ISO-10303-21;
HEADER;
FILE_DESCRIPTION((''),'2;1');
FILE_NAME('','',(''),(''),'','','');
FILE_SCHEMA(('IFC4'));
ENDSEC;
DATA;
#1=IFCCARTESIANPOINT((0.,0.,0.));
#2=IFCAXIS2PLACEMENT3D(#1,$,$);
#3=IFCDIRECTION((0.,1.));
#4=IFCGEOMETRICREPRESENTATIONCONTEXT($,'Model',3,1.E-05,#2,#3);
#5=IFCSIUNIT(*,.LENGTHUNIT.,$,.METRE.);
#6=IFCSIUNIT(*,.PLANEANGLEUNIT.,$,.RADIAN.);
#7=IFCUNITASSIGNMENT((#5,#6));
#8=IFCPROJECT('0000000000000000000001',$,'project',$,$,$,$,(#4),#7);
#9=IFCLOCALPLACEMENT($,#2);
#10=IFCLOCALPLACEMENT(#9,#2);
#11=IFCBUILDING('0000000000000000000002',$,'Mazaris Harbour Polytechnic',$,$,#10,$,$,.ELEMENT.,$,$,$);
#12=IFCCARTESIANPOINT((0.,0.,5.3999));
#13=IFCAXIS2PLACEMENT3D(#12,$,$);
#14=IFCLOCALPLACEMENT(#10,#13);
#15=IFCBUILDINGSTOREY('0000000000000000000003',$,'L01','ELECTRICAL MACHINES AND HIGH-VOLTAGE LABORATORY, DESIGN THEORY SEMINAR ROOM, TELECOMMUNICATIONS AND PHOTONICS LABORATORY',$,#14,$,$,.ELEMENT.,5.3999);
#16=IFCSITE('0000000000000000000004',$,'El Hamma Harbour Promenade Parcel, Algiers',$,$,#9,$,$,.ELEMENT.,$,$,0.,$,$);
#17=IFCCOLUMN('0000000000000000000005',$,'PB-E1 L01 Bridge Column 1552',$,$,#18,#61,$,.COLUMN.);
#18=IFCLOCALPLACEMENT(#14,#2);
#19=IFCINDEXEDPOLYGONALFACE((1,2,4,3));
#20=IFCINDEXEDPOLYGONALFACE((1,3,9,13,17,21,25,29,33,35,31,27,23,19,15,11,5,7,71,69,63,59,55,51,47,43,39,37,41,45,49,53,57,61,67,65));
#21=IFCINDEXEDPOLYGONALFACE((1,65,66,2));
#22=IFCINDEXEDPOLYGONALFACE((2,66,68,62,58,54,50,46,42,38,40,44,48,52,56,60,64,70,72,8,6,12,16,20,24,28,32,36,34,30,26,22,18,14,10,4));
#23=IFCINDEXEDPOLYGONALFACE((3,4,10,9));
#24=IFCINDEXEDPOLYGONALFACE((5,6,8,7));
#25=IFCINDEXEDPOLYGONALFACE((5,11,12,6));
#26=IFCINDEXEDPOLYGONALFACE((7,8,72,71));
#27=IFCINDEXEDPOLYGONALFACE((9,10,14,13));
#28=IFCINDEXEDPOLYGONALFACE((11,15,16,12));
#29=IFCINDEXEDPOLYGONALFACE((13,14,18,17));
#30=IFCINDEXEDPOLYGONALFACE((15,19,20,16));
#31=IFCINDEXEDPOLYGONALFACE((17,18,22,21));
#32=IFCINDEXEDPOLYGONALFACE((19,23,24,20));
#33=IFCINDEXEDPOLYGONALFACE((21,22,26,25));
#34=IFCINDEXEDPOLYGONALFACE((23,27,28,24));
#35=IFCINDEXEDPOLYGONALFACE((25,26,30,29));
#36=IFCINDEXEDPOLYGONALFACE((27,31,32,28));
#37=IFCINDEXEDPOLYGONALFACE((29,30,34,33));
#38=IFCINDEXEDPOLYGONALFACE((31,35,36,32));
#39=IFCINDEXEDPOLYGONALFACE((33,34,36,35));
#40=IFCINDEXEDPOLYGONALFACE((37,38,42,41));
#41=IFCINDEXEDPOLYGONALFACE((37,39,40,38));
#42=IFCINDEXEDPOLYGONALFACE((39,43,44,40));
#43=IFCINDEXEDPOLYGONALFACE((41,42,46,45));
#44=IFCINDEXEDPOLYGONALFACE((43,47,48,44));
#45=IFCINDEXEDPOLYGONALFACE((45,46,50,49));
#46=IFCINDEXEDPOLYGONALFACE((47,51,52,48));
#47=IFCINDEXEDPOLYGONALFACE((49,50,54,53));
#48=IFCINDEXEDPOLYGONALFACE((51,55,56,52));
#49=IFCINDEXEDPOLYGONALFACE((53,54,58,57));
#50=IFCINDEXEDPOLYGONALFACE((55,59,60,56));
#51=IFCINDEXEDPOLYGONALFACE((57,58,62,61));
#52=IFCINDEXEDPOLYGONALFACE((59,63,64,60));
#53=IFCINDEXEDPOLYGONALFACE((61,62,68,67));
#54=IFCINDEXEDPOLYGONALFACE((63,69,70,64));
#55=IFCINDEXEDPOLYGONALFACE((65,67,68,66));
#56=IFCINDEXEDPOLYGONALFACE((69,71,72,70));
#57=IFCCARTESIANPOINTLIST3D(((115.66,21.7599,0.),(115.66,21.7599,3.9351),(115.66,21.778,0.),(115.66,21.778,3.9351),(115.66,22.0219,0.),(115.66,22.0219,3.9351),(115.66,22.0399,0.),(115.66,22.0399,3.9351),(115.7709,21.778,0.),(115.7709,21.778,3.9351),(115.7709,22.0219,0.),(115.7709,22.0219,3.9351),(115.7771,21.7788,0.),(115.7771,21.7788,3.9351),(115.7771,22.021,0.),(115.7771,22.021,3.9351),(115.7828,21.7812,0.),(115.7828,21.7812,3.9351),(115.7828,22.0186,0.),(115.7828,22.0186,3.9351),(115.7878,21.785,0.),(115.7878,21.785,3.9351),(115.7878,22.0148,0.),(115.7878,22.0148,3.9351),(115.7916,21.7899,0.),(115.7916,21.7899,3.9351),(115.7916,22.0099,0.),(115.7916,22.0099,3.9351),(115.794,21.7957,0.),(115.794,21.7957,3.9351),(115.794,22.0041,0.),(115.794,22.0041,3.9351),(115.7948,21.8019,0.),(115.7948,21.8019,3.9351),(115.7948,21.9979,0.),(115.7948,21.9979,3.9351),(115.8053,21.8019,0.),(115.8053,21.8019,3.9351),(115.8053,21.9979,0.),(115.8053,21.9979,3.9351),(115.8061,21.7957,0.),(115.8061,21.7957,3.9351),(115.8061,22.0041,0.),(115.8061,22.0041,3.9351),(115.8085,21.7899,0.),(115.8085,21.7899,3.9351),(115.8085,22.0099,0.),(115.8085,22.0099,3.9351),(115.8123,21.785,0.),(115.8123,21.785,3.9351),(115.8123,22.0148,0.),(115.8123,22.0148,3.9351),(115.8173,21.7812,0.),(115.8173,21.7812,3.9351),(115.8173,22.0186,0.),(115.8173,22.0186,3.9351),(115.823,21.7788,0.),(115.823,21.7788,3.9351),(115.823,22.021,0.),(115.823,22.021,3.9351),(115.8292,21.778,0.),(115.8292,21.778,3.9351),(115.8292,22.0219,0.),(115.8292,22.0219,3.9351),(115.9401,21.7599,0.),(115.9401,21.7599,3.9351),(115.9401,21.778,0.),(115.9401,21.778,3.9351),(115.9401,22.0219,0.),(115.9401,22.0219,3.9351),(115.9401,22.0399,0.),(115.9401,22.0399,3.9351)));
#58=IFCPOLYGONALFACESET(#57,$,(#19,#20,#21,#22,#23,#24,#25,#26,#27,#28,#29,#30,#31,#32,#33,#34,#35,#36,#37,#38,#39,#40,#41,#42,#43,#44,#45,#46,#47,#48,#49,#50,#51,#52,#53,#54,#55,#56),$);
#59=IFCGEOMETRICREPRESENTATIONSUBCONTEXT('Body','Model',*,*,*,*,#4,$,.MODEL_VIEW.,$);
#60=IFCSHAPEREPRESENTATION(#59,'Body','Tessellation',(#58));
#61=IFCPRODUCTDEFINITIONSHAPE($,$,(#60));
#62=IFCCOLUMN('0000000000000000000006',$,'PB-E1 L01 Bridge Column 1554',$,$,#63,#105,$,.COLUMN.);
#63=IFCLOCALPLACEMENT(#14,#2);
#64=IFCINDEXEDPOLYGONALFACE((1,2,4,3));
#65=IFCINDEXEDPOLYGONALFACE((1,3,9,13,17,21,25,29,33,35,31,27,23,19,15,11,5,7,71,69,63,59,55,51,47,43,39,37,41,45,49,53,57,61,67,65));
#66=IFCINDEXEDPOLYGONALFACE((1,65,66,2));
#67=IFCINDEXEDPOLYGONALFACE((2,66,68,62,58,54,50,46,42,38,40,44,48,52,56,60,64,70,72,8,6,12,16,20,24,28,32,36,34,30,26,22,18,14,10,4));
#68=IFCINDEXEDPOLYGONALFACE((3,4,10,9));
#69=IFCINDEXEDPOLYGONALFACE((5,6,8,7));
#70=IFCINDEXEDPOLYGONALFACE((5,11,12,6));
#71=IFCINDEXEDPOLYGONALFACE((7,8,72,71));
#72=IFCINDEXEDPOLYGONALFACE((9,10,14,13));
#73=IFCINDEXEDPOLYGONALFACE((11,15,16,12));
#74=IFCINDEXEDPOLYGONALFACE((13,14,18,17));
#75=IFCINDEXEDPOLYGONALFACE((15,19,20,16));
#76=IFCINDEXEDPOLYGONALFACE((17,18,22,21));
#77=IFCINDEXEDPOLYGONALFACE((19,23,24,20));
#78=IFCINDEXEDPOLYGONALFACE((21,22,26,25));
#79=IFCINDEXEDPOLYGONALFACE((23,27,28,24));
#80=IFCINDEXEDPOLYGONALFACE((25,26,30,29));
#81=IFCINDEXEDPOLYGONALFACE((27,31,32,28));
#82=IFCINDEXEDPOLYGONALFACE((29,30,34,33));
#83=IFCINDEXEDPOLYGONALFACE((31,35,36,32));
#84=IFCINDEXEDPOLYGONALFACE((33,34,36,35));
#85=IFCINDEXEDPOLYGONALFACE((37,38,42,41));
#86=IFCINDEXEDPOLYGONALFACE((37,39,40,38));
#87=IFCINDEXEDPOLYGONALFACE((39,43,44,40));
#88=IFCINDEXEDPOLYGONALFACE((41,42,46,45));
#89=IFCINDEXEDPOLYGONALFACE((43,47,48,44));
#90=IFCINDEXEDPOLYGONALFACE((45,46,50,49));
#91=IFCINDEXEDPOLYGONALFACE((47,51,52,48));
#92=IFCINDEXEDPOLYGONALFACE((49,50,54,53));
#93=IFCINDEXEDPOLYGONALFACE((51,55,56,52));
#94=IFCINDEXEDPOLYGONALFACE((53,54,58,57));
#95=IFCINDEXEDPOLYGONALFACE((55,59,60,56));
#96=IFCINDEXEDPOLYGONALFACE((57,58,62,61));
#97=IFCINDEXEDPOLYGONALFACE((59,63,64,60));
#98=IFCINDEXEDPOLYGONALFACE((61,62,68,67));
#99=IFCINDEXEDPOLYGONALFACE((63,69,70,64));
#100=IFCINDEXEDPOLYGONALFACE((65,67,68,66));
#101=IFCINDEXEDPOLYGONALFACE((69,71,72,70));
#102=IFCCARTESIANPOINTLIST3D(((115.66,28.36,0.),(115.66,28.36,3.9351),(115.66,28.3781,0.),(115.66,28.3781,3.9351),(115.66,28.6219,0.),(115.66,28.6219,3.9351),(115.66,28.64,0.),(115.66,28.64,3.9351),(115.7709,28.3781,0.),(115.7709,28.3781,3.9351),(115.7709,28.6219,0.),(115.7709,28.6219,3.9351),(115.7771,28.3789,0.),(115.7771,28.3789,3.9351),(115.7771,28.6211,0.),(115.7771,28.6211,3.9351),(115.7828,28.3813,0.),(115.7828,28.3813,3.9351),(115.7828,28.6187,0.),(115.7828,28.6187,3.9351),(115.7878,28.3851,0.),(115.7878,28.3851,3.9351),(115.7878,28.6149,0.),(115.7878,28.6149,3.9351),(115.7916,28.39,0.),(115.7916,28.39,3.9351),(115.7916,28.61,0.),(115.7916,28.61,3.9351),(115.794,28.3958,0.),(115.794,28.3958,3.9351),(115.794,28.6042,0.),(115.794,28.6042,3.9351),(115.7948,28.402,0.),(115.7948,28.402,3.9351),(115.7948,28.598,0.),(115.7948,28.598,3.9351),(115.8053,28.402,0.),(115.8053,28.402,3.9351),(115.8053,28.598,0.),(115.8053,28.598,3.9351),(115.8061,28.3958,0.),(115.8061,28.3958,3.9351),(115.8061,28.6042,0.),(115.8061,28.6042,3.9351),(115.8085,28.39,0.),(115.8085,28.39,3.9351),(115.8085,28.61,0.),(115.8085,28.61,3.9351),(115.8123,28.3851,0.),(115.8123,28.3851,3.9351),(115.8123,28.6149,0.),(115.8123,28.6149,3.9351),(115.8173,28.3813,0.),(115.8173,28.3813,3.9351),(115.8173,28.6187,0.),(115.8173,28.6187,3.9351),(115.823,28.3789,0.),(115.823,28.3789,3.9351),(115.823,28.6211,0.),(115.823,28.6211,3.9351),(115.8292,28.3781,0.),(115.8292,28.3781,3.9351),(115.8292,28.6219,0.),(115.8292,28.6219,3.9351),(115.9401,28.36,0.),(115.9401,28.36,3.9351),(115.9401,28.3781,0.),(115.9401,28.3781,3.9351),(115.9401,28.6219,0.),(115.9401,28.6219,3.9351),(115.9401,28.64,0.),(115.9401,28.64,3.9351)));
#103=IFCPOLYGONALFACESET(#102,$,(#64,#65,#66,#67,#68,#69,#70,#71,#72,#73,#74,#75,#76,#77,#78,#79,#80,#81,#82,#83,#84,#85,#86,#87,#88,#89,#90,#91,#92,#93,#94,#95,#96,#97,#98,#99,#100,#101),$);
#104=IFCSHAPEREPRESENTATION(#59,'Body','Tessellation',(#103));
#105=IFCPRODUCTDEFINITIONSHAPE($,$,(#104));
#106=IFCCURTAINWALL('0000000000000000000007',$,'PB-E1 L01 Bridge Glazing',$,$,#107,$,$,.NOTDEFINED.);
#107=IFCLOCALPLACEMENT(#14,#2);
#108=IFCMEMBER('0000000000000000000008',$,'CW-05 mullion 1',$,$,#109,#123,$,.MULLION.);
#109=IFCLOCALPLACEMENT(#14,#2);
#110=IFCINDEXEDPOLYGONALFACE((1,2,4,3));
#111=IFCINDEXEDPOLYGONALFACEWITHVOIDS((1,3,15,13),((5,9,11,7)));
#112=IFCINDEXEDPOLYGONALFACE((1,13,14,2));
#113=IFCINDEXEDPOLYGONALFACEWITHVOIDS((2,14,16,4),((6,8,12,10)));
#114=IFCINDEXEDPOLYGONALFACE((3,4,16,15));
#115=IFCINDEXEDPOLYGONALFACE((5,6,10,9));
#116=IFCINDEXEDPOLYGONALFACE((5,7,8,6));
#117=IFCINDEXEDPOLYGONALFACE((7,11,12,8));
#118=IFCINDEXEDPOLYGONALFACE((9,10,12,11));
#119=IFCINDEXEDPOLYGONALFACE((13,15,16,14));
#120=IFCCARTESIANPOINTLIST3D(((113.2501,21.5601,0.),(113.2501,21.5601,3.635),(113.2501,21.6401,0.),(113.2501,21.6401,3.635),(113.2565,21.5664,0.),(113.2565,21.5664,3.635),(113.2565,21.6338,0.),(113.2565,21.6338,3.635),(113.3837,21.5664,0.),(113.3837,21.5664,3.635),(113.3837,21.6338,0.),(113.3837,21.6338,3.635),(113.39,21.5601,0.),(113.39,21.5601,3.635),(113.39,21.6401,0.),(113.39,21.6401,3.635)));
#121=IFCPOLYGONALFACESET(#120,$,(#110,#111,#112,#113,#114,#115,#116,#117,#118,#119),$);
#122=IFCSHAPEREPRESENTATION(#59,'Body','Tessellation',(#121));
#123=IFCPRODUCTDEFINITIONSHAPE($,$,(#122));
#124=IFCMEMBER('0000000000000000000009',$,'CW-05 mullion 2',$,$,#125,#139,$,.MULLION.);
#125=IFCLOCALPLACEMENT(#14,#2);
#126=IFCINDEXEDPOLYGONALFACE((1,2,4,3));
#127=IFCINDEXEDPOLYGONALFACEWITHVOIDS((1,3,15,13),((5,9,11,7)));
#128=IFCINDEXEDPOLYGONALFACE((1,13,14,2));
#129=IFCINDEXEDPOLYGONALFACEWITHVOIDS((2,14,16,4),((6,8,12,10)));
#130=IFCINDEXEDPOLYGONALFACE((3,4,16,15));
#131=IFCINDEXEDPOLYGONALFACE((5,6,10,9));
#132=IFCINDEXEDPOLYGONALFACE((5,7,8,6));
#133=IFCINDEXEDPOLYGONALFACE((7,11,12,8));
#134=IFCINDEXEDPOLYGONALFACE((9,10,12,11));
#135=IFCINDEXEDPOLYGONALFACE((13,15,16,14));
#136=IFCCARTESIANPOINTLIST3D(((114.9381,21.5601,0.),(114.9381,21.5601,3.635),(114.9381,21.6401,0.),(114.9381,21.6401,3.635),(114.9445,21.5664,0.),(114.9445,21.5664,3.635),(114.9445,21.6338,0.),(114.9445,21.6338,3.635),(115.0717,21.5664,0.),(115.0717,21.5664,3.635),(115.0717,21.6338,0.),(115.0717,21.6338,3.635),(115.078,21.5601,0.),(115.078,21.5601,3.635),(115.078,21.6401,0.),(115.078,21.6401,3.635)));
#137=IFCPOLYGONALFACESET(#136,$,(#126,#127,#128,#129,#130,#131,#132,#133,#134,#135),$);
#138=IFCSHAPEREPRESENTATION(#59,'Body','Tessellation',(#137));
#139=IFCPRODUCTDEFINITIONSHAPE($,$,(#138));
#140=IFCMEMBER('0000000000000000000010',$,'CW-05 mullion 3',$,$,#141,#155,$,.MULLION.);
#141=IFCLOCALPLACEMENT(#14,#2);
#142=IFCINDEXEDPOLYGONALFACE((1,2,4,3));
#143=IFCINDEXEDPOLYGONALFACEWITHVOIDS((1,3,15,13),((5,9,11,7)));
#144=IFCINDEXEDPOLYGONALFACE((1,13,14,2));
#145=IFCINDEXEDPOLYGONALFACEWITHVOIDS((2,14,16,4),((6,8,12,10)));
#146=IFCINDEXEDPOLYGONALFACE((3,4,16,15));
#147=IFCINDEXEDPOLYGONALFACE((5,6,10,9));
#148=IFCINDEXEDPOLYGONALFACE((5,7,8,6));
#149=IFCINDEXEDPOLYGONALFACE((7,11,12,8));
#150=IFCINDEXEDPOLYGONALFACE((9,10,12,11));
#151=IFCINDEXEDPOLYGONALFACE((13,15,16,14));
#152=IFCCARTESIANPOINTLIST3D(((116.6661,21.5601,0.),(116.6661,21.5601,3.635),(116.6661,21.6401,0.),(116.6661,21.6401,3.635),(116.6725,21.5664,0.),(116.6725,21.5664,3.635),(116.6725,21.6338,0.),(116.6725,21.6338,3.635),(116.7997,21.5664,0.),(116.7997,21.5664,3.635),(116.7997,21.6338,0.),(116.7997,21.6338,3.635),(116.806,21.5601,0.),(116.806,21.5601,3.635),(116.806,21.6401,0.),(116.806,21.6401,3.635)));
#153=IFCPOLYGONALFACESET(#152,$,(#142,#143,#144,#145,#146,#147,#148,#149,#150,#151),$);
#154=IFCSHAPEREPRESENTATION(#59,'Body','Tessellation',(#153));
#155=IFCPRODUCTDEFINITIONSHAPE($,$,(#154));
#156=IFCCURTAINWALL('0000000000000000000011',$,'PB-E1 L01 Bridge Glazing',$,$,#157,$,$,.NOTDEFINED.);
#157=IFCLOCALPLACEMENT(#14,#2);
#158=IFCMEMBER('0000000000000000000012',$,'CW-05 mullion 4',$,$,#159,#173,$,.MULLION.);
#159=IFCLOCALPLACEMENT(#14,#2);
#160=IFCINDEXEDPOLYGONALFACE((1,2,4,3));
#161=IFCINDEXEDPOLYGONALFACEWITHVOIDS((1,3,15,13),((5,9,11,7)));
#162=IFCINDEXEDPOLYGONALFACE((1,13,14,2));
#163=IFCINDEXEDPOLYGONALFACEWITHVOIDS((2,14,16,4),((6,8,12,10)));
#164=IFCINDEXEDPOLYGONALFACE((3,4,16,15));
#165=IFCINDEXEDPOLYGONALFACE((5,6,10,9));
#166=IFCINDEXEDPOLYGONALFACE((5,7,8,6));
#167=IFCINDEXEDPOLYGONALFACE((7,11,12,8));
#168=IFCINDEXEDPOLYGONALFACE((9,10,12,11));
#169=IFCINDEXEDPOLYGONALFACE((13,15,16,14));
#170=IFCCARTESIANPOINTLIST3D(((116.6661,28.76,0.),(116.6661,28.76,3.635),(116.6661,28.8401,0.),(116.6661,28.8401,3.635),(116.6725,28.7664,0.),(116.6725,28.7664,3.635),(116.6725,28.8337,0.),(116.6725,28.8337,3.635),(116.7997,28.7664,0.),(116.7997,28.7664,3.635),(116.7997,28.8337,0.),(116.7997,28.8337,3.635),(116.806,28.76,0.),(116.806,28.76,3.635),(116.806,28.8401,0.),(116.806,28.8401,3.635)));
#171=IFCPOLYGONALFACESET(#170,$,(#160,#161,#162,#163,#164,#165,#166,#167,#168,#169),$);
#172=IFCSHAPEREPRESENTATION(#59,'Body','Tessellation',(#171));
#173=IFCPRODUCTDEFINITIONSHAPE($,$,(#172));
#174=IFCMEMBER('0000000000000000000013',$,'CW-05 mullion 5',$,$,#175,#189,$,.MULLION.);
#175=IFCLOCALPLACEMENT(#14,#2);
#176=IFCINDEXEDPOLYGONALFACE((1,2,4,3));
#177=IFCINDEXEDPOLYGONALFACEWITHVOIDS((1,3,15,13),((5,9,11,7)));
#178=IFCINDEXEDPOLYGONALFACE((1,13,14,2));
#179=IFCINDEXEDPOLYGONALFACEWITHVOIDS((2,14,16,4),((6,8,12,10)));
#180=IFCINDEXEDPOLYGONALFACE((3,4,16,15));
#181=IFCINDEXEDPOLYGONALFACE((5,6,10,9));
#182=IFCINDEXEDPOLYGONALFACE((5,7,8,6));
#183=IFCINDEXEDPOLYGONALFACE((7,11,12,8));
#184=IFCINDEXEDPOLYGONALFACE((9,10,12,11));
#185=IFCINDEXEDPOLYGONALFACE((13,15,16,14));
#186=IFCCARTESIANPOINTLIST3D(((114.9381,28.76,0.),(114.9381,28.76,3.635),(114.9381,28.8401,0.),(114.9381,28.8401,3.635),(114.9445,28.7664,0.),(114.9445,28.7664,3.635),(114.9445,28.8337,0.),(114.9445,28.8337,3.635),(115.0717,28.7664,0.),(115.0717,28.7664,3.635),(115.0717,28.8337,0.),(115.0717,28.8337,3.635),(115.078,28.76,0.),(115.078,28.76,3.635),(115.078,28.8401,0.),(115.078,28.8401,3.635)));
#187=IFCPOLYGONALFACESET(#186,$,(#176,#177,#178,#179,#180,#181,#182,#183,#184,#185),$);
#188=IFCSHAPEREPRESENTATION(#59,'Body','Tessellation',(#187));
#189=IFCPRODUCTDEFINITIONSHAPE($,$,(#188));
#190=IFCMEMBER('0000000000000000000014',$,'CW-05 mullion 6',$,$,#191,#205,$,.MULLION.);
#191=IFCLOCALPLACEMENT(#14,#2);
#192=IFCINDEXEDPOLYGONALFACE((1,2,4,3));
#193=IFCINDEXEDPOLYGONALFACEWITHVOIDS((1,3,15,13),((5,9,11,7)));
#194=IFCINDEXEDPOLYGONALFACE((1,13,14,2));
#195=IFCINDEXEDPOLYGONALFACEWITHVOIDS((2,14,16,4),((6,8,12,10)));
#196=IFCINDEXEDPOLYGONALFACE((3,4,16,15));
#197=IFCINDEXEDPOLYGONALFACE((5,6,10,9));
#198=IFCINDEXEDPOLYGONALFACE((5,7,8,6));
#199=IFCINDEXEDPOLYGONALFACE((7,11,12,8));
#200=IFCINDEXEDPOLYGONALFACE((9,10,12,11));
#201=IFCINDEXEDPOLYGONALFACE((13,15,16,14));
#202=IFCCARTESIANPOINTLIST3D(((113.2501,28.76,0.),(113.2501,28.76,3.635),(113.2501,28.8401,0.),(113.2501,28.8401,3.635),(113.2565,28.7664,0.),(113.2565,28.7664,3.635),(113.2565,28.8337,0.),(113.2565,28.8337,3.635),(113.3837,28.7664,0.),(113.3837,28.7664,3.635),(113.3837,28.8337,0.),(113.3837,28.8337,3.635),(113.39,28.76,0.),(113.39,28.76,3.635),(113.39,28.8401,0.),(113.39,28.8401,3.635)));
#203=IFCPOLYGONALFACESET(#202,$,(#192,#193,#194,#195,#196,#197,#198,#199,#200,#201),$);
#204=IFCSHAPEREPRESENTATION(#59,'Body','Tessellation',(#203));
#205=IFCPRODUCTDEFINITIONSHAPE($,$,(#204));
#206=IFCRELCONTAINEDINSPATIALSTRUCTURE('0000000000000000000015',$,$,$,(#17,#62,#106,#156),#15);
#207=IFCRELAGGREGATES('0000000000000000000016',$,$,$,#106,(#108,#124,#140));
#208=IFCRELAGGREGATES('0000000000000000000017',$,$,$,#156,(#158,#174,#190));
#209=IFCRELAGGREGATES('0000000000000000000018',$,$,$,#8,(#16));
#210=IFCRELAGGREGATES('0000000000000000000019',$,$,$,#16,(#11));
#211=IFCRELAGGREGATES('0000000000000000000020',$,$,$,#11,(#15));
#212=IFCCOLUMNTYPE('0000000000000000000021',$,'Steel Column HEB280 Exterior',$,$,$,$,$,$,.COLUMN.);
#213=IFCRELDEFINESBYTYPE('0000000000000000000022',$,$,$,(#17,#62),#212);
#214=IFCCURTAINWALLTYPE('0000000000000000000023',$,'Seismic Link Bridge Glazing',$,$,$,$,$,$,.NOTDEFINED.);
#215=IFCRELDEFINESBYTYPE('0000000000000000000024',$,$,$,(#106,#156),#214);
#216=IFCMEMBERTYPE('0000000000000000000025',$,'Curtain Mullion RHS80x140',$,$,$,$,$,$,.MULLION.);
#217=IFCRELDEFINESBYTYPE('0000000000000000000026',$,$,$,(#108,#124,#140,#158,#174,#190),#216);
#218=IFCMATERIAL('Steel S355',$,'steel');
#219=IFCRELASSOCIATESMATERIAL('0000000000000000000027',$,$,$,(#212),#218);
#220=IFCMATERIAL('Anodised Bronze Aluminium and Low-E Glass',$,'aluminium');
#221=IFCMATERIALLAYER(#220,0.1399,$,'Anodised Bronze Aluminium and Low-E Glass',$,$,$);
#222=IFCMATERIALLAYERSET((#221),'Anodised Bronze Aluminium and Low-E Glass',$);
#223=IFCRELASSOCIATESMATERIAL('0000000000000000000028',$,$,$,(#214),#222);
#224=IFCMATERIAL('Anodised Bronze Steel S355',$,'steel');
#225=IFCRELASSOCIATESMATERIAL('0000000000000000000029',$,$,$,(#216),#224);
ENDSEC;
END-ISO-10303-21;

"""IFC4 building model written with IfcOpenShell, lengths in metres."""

from ifc_helpers import new_model, si_unit, direction, frame, origin, origin_2d, place, context, subcontext, project, spatial, hollow_rectangle, i_section, extrude, material, layer, layer_set, material_profile, profile_set, type_object, element, aggregate, save


model = new_model("IFC4")

# Units and contexts
model_context = context("Model", 3, precision=1e-05, world=origin(), true_north=direction((0.0, 1.0)))
body_context = subcontext(model_context, "Body", "Model", "MODEL_VIEW")
ifc_project = project(units=[si_unit("LENGTHUNIT", "METRE"), si_unit("PLANEANGLEUNIT", "RADIAN")], contexts=[model_context])

# Site, building, storey
site_placement = place(None, origin())
site = spatial("IfcSite", under=ifc_project, at=site_placement, Name="El Hamma Harbour Promenade Parcel, Algiers", CompositionType="ELEMENT", RefElevation=0.0)
building_placement = place(site_placement, origin())
building = spatial("IfcBuilding", under=site, at=building_placement, Name="Mazaris Harbour Polytechnic", CompositionType="ELEMENT")
storey_placement = place(building_placement, frame((0.0, 0.0, 5.3999)))
storey = spatial("IfcBuildingStorey", under=building, at=storey_placement, Name="L01", Description="ELECTRICAL MACHINES AND HIGH-VOLTAGE LABORATORY, DESIGN THEORY SEMINAR ROOM, TELECOMMUNICATIONS AND PHOTONICS LABORATORY", CompositionType="ELEMENT", Elevation=5.3999)

# Columns
ifc_material_1 = material(Name="Steel S355", Category="steel")
ifc_material_profile_1 = material_profile(ifc_material_1, i_section(OverallWidth=0.28, OverallDepth=0.28, WebThickness=0.0105, FlangeThickness=0.0181, FilletRadius=0.0239, at=origin_2d()), Name="HEB 280")
ifc_profile_set_1 = profile_set([ifc_material_profile_1], Name="Steel S355")
column_type = type_object("IfcColumnType", Name="Steel Column HEB280 Exterior", PredefinedType="COLUMN", material=ifc_profile_set_1)
for number, where, z_axis, x_axis, name in (
    (1, (115.8, 21.8999, 0.0), (0.0, 0.0, 1.0), (1.0, 0.0, 0.0), "PB-E1 L01 Bridge Column 1552"),
    (2, (115.8, 28.5, 0.0), (0.0, 0.0, 1.0), (1.0, 0.0, 0.0), "PB-E1 L01 Bridge Column 1554"),
):
    element("IfcColumn", number, at=place(storey_placement, frame(where, z_axis=z_axis, x_axis=x_axis)), inside=storey, type_object=column_type, Name=name, PredefinedType="COLUMN", context=body_context, shape_type="SweptSolid", body=[
        extrude(i_section(OverallWidth=0.28, OverallDepth=0.28, WebThickness=0.0105, FlangeThickness=0.0181, FilletRadius=0.0239, at=origin_2d()), origin(), (0.0, 0.0, 1.0), 3.9351),
    ])

# Curtain walls, members
ifc_material_2 = material(Name="Anodised Bronze Aluminium and Low-E Glass", Category="aluminium")
ifc_layer_1 = layer(ifc_material_2, 0.1399, Name="Anodised Bronze Aluminium and Low-E Glass")
ifc_layer_set_1 = layer_set([ifc_layer_1], Name="Anodised Bronze Aluminium and Low-E Glass")
curtain_wall_type = type_object("IfcCurtainWallType", Name="Seismic Link Bridge Glazing", PredefinedType="NOTDEFINED", material=ifc_layer_set_1)
curtain_wall_1_placement = place(storey_placement, origin())
curtain_wall_1 = element("IfcCurtainWall", 3, at=curtain_wall_1_placement, inside=storey, type_object=curtain_wall_type, Name="PB-E1 L01 Bridge Glazing", PredefinedType="NOTDEFINED")
ifc_material_3 = material(Name="Anodised Bronze Steel S355", Category="steel")
ifc_material_profile_2 = material_profile(ifc_material_3, hollow_rectangle(XDim=0.0801, YDim=0.1399, WallThickness=0.0063, at=origin_2d()), Name="RHS 80x140x6.3")
ifc_profile_set_2 = profile_set([ifc_material_profile_2], Name="Anodised Bronze Steel S355")
member_type_1 = type_object("IfcMemberType", Name="Curtain Mullion RHS80x140", PredefinedType="MULLION", material=ifc_profile_set_2)
member_1_placement = place(storey_placement, frame((113.3201, 21.6001, 0.0), z_axis=(0.0, 0.0, 1.0), x_axis=(0.0, 1.0, 0.0)))
member_1 = element("IfcMember", 4, at=member_1_placement, type_object=member_type_1, Name="CW-05 mullion 1", PredefinedType="MULLION", context=body_context, shape_type="SweptSolid", body=[
    extrude(hollow_rectangle(XDim=0.0801, YDim=0.1399, WallThickness=0.0063, at=origin_2d()), origin(), (0.0, 0.0, 1.0), 3.635),
])
member_2_placement = place(storey_placement, frame((115.0081, 21.6001, 0.0), z_axis=(0.0, 0.0, 1.0), x_axis=(0.0, 1.0, 0.0)))
member_2 = element("IfcMember", 5, at=member_2_placement, type_object=member_type_1, Name="CW-05 mullion 2", PredefinedType="MULLION", context=body_context, shape_type="SweptSolid", body=[
    extrude(hollow_rectangle(XDim=0.0801, YDim=0.1399, WallThickness=0.0063, at=origin_2d()), origin(), (0.0, 0.0, 1.0), 3.635),
])
member_3_placement = place(storey_placement, frame((116.7361, 21.6001, 0.0), z_axis=(0.0, 0.0, 1.0), x_axis=(0.0, 1.0, 0.0)))
member_3 = element("IfcMember", 6, at=member_3_placement, type_object=member_type_1, Name="CW-05 mullion 3", PredefinedType="MULLION", context=body_context, shape_type="SweptSolid", body=[
    extrude(hollow_rectangle(XDim=0.0801, YDim=0.1399, WallThickness=0.0063, at=origin_2d()), origin(), (0.0, 0.0, 1.0), 3.635),
])
curtain_wall_2_placement = place(storey_placement, origin())
curtain_wall_2 = element("IfcCurtainWall", 7, at=curtain_wall_2_placement, inside=storey, type_object=curtain_wall_type, Name="PB-E1 L01 Bridge Glazing", PredefinedType="NOTDEFINED")
member_4_placement = place(storey_placement, frame((116.7361, 28.8, 0.0), z_axis=(0.0, 0.0, 1.0), x_axis=(0.0, -1.0, 0.0)))
member_4 = element("IfcMember", 8, at=member_4_placement, type_object=member_type_1, Name="CW-05 mullion 4", PredefinedType="MULLION", context=body_context, shape_type="SweptSolid", body=[
    extrude(hollow_rectangle(XDim=0.0801, YDim=0.1399, WallThickness=0.0063, at=origin_2d()), origin(), (0.0, 0.0, 1.0), 3.635),
])
member_5_placement = place(storey_placement, frame((115.0081, 28.8, 0.0), z_axis=(0.0, 0.0, 1.0), x_axis=(0.0, -1.0, 0.0)))
member_5 = element("IfcMember", 9, at=member_5_placement, type_object=member_type_1, Name="CW-05 mullion 5", PredefinedType="MULLION", context=body_context, shape_type="SweptSolid", body=[
    extrude(hollow_rectangle(XDim=0.0801, YDim=0.1399, WallThickness=0.0063, at=origin_2d()), origin(), (0.0, 0.0, 1.0), 3.635),
])
member_6_placement = place(storey_placement, frame((113.3201, 28.8, 0.0), z_axis=(0.0, 0.0, 1.0), x_axis=(0.0, -1.0, 0.0)))
member_6 = element("IfcMember", 10, at=member_6_placement, type_object=member_type_1, Name="CW-05 mullion 6", PredefinedType="MULLION", context=body_context, shape_type="SweptSolid", body=[
    extrude(hollow_rectangle(XDim=0.0801, YDim=0.1399, WallThickness=0.0063, at=origin_2d()), origin(), (0.0, 0.0, 1.0), 3.635),
])

aggregate(curtain_wall_1, [member_1, member_2, member_3])
aggregate(curtain_wall_2, [member_4, member_5, member_6])

save(model, "model.ifc")
